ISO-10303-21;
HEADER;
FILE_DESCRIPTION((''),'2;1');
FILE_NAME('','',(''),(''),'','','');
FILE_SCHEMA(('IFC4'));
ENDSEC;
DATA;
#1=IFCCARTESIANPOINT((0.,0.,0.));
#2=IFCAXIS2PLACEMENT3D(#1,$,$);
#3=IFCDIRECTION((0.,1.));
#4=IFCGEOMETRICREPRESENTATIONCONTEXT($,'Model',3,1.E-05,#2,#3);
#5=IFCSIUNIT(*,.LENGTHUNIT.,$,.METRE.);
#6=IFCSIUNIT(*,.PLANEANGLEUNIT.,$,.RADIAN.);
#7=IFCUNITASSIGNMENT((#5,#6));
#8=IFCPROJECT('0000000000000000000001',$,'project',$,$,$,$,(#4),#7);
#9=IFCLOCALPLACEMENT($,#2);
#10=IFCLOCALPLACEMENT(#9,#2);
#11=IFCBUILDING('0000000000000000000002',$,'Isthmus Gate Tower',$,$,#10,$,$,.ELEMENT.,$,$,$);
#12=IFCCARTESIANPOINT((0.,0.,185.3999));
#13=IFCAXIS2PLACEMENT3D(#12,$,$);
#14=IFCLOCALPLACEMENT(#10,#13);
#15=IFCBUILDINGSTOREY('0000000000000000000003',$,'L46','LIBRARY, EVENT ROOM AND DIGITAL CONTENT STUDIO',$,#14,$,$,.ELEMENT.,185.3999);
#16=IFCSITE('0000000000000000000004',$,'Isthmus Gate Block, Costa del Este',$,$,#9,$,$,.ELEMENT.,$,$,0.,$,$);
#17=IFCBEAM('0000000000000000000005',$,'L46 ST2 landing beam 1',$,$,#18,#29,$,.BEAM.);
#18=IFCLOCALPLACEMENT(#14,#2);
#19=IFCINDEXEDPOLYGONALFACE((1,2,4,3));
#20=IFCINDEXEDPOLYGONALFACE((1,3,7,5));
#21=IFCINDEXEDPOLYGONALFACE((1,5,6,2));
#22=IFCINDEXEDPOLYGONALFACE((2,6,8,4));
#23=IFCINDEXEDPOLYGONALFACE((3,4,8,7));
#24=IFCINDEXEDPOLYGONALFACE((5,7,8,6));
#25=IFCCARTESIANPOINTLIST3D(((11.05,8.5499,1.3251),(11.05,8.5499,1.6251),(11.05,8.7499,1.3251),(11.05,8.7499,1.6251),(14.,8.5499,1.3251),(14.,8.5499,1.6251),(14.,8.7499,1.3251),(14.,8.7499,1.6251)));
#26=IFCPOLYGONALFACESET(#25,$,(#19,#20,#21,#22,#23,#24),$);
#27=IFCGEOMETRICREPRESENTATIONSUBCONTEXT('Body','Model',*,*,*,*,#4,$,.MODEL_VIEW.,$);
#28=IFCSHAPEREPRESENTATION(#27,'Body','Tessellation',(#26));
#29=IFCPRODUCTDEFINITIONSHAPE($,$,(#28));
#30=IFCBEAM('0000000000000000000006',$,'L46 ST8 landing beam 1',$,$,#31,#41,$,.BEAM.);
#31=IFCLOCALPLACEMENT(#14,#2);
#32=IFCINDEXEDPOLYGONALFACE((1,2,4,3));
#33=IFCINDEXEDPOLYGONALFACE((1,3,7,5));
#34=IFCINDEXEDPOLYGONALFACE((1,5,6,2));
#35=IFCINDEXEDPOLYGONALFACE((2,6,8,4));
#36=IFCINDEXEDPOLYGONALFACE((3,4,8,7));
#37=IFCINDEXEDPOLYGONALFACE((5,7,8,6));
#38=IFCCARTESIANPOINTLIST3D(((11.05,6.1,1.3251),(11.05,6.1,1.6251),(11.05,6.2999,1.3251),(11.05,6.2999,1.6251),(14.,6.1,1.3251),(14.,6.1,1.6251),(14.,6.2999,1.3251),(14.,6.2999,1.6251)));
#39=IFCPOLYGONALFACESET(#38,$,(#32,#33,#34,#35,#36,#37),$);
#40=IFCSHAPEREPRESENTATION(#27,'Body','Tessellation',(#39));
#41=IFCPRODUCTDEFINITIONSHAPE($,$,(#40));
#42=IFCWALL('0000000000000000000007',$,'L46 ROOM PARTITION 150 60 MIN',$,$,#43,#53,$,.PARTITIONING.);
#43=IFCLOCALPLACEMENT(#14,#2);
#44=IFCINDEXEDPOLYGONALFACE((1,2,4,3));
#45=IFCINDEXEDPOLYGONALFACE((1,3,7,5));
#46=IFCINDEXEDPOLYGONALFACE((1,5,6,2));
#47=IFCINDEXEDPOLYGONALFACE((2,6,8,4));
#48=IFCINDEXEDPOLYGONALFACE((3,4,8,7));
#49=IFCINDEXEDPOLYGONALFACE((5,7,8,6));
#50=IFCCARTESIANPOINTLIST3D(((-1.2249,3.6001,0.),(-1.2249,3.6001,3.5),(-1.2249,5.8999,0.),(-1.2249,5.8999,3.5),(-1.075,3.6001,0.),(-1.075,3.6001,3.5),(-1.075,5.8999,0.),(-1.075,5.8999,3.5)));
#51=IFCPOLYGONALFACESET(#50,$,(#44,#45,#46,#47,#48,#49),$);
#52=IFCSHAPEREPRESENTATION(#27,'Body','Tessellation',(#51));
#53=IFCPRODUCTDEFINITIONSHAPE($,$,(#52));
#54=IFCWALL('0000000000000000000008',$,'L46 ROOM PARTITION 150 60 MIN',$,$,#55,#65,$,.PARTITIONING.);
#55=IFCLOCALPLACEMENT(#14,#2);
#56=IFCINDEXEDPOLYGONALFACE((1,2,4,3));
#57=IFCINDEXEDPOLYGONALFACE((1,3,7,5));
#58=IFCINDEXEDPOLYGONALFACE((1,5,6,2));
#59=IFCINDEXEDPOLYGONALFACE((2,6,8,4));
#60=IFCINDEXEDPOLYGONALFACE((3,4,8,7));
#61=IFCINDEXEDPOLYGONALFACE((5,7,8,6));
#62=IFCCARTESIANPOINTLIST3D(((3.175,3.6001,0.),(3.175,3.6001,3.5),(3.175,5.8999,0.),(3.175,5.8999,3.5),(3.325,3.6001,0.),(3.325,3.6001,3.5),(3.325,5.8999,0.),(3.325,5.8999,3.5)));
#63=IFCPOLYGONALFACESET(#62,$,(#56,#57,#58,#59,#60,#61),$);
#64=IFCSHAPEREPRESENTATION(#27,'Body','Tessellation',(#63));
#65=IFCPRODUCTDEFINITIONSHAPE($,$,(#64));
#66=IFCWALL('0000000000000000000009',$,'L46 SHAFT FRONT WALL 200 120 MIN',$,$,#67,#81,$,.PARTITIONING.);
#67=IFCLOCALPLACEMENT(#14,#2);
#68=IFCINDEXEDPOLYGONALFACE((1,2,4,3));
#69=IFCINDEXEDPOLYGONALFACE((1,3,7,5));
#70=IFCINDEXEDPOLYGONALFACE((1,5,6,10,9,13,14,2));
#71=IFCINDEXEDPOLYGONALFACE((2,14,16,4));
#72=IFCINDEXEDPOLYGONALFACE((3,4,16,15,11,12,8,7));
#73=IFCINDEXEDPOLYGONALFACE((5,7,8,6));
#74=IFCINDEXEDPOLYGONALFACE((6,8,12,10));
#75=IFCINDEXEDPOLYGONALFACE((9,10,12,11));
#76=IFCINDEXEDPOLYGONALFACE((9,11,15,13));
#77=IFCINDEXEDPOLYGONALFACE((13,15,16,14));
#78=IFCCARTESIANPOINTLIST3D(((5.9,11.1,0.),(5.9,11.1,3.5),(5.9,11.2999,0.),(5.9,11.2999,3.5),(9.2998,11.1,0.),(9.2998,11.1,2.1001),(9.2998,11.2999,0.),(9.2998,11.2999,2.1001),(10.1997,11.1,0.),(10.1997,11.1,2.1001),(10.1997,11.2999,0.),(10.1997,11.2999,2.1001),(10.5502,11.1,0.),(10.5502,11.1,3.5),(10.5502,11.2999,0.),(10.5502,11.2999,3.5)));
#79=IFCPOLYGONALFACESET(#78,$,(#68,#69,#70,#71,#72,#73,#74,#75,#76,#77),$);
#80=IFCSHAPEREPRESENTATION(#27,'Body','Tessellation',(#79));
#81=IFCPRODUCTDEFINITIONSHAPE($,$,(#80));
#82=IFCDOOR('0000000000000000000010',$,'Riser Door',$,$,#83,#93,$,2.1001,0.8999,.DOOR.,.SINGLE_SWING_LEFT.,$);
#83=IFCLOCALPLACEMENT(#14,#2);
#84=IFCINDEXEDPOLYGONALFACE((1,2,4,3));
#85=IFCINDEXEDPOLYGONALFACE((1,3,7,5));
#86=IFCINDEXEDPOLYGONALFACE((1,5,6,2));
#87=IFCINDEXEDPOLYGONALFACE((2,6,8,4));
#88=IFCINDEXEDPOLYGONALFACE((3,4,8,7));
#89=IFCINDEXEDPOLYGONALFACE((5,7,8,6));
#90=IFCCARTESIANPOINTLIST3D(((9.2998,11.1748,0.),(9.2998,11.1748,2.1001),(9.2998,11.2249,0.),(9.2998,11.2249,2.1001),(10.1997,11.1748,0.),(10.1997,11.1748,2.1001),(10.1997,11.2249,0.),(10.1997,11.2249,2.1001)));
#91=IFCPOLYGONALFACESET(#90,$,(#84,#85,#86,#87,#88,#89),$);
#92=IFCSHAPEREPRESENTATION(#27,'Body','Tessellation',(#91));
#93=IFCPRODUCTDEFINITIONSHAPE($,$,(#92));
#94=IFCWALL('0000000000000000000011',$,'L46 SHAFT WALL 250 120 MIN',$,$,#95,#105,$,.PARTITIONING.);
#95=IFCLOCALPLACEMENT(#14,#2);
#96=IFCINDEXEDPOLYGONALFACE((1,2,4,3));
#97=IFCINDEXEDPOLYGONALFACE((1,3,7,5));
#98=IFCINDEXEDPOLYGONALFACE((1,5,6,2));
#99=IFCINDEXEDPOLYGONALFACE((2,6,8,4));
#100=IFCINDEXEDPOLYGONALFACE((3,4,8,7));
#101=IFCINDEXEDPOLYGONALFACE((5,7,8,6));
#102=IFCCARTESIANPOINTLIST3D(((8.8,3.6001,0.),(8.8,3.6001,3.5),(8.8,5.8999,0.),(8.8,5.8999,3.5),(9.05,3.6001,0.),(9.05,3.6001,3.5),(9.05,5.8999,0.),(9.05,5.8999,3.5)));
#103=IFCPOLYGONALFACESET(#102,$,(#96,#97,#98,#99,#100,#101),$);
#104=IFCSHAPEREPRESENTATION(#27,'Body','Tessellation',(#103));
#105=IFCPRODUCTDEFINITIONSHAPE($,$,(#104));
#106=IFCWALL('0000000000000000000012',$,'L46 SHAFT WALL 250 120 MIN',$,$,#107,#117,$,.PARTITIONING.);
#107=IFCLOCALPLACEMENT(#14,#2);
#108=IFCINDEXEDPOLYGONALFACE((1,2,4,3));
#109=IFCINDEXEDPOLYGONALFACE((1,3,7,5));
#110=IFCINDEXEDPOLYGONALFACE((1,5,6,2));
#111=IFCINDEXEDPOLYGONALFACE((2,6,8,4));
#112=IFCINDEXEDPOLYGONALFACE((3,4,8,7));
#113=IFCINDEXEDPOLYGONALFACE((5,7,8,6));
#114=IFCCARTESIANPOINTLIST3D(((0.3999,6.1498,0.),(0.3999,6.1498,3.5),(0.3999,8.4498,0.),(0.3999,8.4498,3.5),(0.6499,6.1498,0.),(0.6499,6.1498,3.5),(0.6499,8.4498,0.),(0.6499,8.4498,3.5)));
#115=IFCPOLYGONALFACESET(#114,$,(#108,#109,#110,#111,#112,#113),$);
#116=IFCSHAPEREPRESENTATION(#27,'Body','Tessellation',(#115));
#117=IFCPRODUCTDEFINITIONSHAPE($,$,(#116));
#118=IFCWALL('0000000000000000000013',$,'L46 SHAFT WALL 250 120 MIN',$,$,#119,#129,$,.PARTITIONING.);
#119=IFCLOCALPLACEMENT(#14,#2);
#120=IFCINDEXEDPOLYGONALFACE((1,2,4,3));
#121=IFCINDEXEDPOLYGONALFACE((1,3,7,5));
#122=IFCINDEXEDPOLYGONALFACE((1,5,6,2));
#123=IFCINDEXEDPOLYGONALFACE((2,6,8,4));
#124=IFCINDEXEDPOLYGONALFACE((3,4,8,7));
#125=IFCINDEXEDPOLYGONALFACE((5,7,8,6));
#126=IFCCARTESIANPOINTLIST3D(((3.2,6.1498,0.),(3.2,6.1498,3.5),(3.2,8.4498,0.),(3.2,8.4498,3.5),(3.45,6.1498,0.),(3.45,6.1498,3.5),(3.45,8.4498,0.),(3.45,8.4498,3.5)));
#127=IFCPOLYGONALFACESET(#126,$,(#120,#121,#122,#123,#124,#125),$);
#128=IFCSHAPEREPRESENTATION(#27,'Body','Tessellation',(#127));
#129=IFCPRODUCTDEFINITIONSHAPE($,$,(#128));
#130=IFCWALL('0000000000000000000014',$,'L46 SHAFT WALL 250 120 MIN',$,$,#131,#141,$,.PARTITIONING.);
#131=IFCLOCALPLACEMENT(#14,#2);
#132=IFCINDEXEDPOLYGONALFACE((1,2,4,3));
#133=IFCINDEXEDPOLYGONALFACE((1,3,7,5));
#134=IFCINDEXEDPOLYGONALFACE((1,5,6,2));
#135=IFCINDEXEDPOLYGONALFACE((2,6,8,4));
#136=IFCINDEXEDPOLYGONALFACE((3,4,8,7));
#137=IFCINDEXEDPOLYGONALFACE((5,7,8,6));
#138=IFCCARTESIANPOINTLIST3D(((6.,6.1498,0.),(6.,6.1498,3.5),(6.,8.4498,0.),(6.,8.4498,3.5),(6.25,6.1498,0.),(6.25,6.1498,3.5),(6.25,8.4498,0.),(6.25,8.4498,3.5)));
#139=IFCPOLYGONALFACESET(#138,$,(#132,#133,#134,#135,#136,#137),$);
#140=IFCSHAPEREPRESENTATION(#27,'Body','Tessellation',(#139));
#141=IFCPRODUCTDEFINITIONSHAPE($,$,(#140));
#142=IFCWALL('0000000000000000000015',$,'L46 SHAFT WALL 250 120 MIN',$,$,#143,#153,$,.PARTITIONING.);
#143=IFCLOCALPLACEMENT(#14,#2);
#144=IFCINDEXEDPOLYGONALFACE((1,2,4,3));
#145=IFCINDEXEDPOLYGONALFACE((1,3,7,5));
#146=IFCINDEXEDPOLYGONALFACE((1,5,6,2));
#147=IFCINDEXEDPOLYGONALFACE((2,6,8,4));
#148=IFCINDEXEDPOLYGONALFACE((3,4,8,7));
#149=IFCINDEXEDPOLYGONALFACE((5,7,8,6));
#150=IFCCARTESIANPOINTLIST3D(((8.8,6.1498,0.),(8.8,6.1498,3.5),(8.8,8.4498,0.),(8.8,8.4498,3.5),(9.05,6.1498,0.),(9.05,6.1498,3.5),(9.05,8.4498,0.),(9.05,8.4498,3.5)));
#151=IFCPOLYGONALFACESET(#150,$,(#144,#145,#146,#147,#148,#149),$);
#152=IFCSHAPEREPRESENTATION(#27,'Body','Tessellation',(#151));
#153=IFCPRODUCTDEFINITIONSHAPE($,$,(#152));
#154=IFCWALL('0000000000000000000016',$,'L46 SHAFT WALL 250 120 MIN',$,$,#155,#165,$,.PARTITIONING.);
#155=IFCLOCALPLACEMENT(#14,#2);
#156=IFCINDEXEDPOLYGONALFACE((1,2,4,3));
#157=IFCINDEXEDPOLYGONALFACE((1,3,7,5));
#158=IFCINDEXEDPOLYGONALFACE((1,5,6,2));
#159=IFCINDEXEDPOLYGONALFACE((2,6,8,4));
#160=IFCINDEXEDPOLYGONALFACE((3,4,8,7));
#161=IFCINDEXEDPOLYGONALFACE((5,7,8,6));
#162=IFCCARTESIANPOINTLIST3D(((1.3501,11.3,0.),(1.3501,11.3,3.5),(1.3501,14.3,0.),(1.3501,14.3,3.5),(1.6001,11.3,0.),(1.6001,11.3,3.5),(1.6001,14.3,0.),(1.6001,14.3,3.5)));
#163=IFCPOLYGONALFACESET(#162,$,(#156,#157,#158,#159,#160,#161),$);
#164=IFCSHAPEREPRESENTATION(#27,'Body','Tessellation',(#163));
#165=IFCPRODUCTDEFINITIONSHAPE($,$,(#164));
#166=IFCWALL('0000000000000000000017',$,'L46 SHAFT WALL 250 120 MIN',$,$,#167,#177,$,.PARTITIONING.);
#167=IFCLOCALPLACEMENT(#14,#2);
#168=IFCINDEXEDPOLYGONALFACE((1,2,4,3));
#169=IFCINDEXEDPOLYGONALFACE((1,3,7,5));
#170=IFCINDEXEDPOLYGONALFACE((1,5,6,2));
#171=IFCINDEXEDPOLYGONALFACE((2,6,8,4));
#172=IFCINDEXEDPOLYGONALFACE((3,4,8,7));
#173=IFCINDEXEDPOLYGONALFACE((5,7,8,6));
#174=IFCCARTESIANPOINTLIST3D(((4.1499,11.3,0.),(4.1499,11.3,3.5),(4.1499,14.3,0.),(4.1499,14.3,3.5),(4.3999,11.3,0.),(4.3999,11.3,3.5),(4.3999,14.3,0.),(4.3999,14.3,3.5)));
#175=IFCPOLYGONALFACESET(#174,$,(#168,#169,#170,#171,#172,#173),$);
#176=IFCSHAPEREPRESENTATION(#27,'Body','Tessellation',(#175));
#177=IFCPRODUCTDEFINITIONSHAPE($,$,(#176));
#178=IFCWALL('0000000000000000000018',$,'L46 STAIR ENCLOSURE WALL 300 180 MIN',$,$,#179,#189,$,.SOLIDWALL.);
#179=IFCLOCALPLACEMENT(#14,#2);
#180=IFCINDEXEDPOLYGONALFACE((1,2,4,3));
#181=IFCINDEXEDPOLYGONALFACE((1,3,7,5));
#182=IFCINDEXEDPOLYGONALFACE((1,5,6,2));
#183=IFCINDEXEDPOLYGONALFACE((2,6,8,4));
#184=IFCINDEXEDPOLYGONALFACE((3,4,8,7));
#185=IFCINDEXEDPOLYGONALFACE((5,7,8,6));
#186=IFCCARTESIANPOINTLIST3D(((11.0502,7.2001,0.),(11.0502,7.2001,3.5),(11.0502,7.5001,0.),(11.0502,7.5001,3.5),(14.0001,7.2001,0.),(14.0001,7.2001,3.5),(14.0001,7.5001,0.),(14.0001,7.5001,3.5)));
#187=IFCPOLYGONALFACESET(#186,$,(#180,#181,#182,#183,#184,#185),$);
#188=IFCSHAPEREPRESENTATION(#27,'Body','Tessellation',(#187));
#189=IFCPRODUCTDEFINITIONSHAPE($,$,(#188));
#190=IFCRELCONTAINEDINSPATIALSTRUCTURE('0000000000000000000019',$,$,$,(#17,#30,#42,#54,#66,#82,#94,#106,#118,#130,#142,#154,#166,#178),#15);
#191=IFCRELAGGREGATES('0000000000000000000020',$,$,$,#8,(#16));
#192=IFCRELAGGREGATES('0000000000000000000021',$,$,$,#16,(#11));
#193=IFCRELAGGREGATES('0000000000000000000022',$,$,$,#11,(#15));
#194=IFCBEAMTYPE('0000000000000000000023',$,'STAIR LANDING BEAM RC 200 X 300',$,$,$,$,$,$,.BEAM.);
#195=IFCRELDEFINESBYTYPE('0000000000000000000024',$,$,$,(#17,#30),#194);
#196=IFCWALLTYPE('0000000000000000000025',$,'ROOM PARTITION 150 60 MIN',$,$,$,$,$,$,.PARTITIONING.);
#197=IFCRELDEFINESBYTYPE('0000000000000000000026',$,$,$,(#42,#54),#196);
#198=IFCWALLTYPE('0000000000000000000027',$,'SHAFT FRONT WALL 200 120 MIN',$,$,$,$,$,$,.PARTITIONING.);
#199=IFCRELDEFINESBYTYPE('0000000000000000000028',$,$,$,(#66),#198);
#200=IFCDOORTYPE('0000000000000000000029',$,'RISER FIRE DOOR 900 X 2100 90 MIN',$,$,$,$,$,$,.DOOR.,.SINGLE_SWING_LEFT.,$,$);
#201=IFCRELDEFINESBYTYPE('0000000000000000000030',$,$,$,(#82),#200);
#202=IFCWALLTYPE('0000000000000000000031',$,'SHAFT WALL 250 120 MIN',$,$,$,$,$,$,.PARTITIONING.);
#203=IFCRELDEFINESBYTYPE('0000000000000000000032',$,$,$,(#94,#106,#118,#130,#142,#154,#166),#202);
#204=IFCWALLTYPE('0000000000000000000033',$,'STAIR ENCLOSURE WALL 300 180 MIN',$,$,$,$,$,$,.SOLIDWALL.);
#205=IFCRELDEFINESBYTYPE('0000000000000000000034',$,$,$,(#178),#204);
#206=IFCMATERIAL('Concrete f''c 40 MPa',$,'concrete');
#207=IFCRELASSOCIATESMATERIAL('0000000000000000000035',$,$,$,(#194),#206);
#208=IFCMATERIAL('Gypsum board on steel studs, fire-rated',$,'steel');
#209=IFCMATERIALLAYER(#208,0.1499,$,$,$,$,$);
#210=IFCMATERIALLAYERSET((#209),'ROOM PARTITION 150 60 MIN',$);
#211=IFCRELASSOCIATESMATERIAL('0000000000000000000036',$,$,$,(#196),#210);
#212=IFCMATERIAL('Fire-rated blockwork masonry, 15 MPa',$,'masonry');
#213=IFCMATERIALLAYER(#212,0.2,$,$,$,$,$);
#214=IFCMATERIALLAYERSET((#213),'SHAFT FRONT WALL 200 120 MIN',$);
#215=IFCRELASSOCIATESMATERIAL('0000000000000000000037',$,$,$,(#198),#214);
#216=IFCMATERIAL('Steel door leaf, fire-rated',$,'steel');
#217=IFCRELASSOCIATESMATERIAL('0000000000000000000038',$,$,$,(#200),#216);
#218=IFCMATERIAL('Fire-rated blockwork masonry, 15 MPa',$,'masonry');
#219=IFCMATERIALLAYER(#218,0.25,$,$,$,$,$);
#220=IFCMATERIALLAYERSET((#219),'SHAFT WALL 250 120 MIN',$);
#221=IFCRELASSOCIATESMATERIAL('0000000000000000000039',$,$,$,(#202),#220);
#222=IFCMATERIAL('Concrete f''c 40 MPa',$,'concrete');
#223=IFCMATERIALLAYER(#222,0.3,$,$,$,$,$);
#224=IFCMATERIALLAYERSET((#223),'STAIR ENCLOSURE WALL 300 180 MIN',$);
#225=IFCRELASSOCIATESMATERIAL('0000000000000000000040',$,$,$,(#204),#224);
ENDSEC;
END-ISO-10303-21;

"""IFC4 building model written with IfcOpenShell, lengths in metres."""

from ifc_helpers import new_model, si_unit, direction, frame, frame_2d, origin, origin_2d, place, context, subcontext, project, spatial, rectangle, extrude, material, layer, layer_set, material_profile, profile_set, type_object, element, fill, save


model = new_model("IFC4")

# Units and contexts
model_context = context("Model", 3, precision=1e-05, world=origin(), true_north=direction((0.0, 1.0)))
body_context = subcontext(model_context, "Body", "Model", "MODEL_VIEW")
ifc_project = project(units=[si_unit("LENGTHUNIT", "METRE"), si_unit("PLANEANGLEUNIT", "RADIAN")], contexts=[model_context])

# Site, building, storey
site_placement = place(None, origin())
site = spatial("IfcSite", under=ifc_project, at=site_placement, Name="Isthmus Gate Block, Costa del Este", CompositionType="ELEMENT", RefElevation=0.0)
building_placement = place(site_placement, origin())
building = spatial("IfcBuilding", under=site, at=building_placement, Name="Isthmus Gate Tower", CompositionType="ELEMENT")
storey_placement = place(building_placement, frame((0.0, 0.0, 185.3999)))
storey = spatial("IfcBuildingStorey", under=building, at=storey_placement, Name="L46", Description="LIBRARY, EVENT ROOM AND DIGITAL CONTENT STUDIO", CompositionType="ELEMENT", Elevation=185.3999)

# Beams
ifc_material_1 = material(Name="Concrete f'c 40 MPa", Category="concrete")
ifc_material_profile = material_profile(ifc_material_1, rectangle(XDim=0.2, YDim=0.3, at=origin_2d()), Name="STAIR LANDING BEAM RC 200 X 300")
ifc_profile_set = profile_set([ifc_material_profile], Name="Concrete f'c 40 MPa")
beam_type = type_object("IfcBeamType", Name="STAIR LANDING BEAM RC 200 X 300", PredefinedType="BEAM", material=ifc_profile_set)
for number, where, z_axis, x_axis, name in (
    (1, (11.05, 8.6499, 1.4751), (1.0, 0.0, 0.0), (0.0, 1.0, 0.0), "L46 ST2 landing beam 1"),
    (2, (11.05, 6.2, 1.4751), (1.0, 0.0, 0.0), (0.0, 1.0, 0.0), "L46 ST8 landing beam 1"),
):
    element("IfcBeam", number, at=place(storey_placement, frame(where, z_axis=z_axis, x_axis=x_axis)), inside=storey, type_object=beam_type, Name=name, PredefinedType="BEAM", context=body_context, shape_type="SweptSolid", body=[
        extrude(rectangle(XDim=0.2, YDim=0.3, at=origin_2d()), origin(), (0.0, 0.0, 1.0), 2.95),
    ])

# Walls
ifc_material_2 = material(Name="Gypsum board on steel studs, fire-rated", Category="steel")
ifc_layer_1 = layer(ifc_material_2, 0.1499)
ifc_layer_set_1 = layer_set([ifc_layer_1], Name="ROOM PARTITION 150 60 MIN")
wall_type_1 = type_object("IfcWallType", Name="ROOM PARTITION 150 60 MIN", PredefinedType="PARTITIONING", material=ifc_layer_set_1)
for number, where, z_axis, x_axis, name in (
    (3, (-1.1499, 3.6001, 0.0), (0.0, 0.0, 1.0), (0.0, 1.0, 0.0), "L46 ROOM PARTITION 150 60 MIN"),
    (4, (3.25, 3.6001, 0.0), (0.0, 0.0, 1.0), (0.0, 1.0, 0.0), "L46 ROOM PARTITION 150 60 MIN"),
):
    element("IfcWall", number, at=place(storey_placement, frame(where, z_axis=z_axis, x_axis=x_axis)), inside=storey, type_object=wall_type_1, Name=name, PredefinedType="PARTITIONING", context=body_context, shape_type="SweptSolid", body=[
        extrude(rectangle(XDim=2.2998, YDim=0.1499, at=frame_2d((1.1499, 0.0))), origin(), (0.0, 0.0, 1.0), 3.5),
    ])

# Wall, opening, door
ifc_material_3 = material(Name="Fire-rated blockwork masonry, 15 MPa", Category="masonry")
ifc_layer_2 = layer(ifc_material_3, 0.2)
ifc_layer_set_2 = layer_set([ifc_layer_2], Name="SHAFT FRONT WALL 200 120 MIN")
wall_type_2 = type_object("IfcWallType", Name="SHAFT FRONT WALL 200 120 MIN", PredefinedType="PARTITIONING", material=ifc_layer_set_2)
wall_1_placement = place(storey_placement, frame((5.8999, 11.2, 0.0), z_axis=(0.0, 0.0, 1.0), x_axis=(1.0, 0.0, 0.0)))
wall_1 = element("IfcWall", 5, at=wall_1_placement, inside=storey, type_object=wall_type_2, Name="L46 SHAFT FRONT WALL 200 120 MIN", PredefinedType="PARTITIONING", context=body_context, shape_type="SweptSolid", body=[
    extrude(rectangle(XDim=4.6501, YDim=0.2, at=frame_2d((2.3252, 0.0))), origin(), (0.0, 0.0, 1.0), 3.5),
])
opening_placement = place(wall_1_placement, frame((3.3999, 0.0, 0.0)))
opening = element("IfcOpeningElement", 6, at=opening_placement, cuts=wall_1, PredefinedType="OPENING", context=body_context, shape_type="SweptSolid", body=[
    extrude(rectangle(XDim=0.8999, YDim=2.1001, at=frame_2d((0.45, 1.05))), frame((0.0, 0.1099, 0.0), z_axis=(0.0, -1.0, 0.0), x_axis=(1.0, 0.0, 0.0)), (0.0, 0.0, 1.0), 0.22),
])
ifc_material_4 = material(Name="Steel door leaf, fire-rated", Category="steel")
door_type = type_object("IfcDoorType", Name="RISER FIRE DOOR 900 X 2100 90 MIN", OperationType="SINGLE_SWING_LEFT", PredefinedType="DOOR", material=ifc_material_4)
door_placement = place(opening_placement, origin())
door = element("IfcDoor", 7, at=door_placement, inside=storey, type_object=door_type, Name="Riser Door", OperationType="SINGLE_SWING_LEFT", OverallHeight=2.1001, OverallWidth=0.8999, PredefinedType="DOOR", context=body_context, shape_type="SweptSolid", body=[
    extrude(rectangle(XDim=0.8999, YDim=2.1001, at=frame_2d((0.45, 1.05))), frame((0.0, 0.0249, 0.0), z_axis=(0.0, -1.0, 0.0), x_axis=(1.0, 0.0, 0.0)), (0.0, 0.0, 1.0), 0.05),
])
fill(opening, door)

# Walls
ifc_material_5 = material(Name="Fire-rated blockwork masonry, 15 MPa", Category="masonry")
ifc_layer_3 = layer(ifc_material_5, 0.25)
ifc_layer_set_3 = layer_set([ifc_layer_3], Name="SHAFT WALL 250 120 MIN")
wall_type_3 = type_object("IfcWallType", Name="SHAFT WALL 250 120 MIN", PredefinedType="PARTITIONING", material=ifc_layer_set_3)
wall_2_placement = place(storey_placement, frame((8.925, 3.6001, 0.0), z_axis=(0.0, 0.0, 1.0), x_axis=(0.0, 1.0, 0.0)))
element("IfcWall", 8, at=wall_2_placement, inside=storey, type_object=wall_type_3, Name="L46 SHAFT WALL 250 120 MIN", PredefinedType="PARTITIONING", context=body_context, shape_type="SweptSolid", body=[
    extrude(rectangle(XDim=2.2998, YDim=0.25, at=frame_2d((1.1499, 0.0))), origin(), (0.0, 0.0, 1.0), 3.5),
])
for number, where, z_axis, x_axis, name in (
    (9, (0.5249, 6.1499, 0.0), (0.0, 0.0, 1.0), (0.0, 1.0, 0.0), "L46 SHAFT WALL 250 120 MIN"),
    (10, (3.325, 6.1499, 0.0), (0.0, 0.0, 1.0), (0.0, 1.0, 0.0), "L46 SHAFT WALL 250 120 MIN"),
    (11, (6.125, 6.1499, 0.0), (0.0, 0.0, 1.0), (0.0, 1.0, 0.0), "L46 SHAFT WALL 250 120 MIN"),
    (12, (8.925, 6.1499, 0.0), (0.0, 0.0, 1.0), (0.0, 1.0, 0.0), "L46 SHAFT WALL 250 120 MIN"),
):
    element("IfcWall", number, at=place(storey_placement, frame(where, z_axis=z_axis, x_axis=x_axis)), inside=storey, type_object=wall_type_3, Name=name, PredefinedType="PARTITIONING", context=body_context, shape_type="SweptSolid", body=[
        extrude(rectangle(XDim=2.3, YDim=0.25, at=frame_2d((1.1499, 0.0))), origin(), (0.0, 0.0, 1.0), 3.5),
    ])
for number, where, z_axis, x_axis, name in (
    (13, (1.4751, 11.3, 0.0), (0.0, 0.0, 1.0), (0.0, 1.0, 0.0), "L46 SHAFT WALL 250 120 MIN"),
    (14, (4.2749, 11.3, 0.0), (0.0, 0.0, 1.0), (0.0, 1.0, 0.0), "L46 SHAFT WALL 250 120 MIN"),
):
    element("IfcWall", number, at=place(storey_placement, frame(where, z_axis=z_axis, x_axis=x_axis)), inside=storey, type_object=wall_type_3, Name=name, PredefinedType="PARTITIONING", context=body_context, shape_type="SweptSolid", body=[
        extrude(rectangle(XDim=3.0, YDim=0.25, at=frame_2d((1.5, 0.0))), origin(), (0.0, 0.0, 1.0), 3.5),
    ])
ifc_material_6 = material(Name="Concrete f'c 40 MPa", Category="concrete")
ifc_layer_4 = layer(ifc_material_6, 0.3)
ifc_layer_set_4 = layer_set([ifc_layer_4], Name="STAIR ENCLOSURE WALL 300 180 MIN")
wall_type_4 = type_object("IfcWallType", Name="STAIR ENCLOSURE WALL 300 180 MIN", PredefinedType="SOLIDWALL", material=ifc_layer_set_4)
wall_3_placement = place(storey_placement, frame((11.05, 7.3501, 0.0), z_axis=(0.0, 0.0, 1.0), x_axis=(1.0, 0.0, 0.0)))
element("IfcWall", 15, at=wall_3_placement, inside=storey, type_object=wall_type_4, Name="L46 STAIR ENCLOSURE WALL 300 180 MIN", PredefinedType="SOLIDWALL", context=body_context, shape_type="SweptSolid", body=[
    extrude(rectangle(XDim=2.95, YDim=0.3, at=frame_2d((1.4751, 0.0))), origin(), (0.0, 0.0, 1.0), 3.5),
])

save(model, "model.ifc")
